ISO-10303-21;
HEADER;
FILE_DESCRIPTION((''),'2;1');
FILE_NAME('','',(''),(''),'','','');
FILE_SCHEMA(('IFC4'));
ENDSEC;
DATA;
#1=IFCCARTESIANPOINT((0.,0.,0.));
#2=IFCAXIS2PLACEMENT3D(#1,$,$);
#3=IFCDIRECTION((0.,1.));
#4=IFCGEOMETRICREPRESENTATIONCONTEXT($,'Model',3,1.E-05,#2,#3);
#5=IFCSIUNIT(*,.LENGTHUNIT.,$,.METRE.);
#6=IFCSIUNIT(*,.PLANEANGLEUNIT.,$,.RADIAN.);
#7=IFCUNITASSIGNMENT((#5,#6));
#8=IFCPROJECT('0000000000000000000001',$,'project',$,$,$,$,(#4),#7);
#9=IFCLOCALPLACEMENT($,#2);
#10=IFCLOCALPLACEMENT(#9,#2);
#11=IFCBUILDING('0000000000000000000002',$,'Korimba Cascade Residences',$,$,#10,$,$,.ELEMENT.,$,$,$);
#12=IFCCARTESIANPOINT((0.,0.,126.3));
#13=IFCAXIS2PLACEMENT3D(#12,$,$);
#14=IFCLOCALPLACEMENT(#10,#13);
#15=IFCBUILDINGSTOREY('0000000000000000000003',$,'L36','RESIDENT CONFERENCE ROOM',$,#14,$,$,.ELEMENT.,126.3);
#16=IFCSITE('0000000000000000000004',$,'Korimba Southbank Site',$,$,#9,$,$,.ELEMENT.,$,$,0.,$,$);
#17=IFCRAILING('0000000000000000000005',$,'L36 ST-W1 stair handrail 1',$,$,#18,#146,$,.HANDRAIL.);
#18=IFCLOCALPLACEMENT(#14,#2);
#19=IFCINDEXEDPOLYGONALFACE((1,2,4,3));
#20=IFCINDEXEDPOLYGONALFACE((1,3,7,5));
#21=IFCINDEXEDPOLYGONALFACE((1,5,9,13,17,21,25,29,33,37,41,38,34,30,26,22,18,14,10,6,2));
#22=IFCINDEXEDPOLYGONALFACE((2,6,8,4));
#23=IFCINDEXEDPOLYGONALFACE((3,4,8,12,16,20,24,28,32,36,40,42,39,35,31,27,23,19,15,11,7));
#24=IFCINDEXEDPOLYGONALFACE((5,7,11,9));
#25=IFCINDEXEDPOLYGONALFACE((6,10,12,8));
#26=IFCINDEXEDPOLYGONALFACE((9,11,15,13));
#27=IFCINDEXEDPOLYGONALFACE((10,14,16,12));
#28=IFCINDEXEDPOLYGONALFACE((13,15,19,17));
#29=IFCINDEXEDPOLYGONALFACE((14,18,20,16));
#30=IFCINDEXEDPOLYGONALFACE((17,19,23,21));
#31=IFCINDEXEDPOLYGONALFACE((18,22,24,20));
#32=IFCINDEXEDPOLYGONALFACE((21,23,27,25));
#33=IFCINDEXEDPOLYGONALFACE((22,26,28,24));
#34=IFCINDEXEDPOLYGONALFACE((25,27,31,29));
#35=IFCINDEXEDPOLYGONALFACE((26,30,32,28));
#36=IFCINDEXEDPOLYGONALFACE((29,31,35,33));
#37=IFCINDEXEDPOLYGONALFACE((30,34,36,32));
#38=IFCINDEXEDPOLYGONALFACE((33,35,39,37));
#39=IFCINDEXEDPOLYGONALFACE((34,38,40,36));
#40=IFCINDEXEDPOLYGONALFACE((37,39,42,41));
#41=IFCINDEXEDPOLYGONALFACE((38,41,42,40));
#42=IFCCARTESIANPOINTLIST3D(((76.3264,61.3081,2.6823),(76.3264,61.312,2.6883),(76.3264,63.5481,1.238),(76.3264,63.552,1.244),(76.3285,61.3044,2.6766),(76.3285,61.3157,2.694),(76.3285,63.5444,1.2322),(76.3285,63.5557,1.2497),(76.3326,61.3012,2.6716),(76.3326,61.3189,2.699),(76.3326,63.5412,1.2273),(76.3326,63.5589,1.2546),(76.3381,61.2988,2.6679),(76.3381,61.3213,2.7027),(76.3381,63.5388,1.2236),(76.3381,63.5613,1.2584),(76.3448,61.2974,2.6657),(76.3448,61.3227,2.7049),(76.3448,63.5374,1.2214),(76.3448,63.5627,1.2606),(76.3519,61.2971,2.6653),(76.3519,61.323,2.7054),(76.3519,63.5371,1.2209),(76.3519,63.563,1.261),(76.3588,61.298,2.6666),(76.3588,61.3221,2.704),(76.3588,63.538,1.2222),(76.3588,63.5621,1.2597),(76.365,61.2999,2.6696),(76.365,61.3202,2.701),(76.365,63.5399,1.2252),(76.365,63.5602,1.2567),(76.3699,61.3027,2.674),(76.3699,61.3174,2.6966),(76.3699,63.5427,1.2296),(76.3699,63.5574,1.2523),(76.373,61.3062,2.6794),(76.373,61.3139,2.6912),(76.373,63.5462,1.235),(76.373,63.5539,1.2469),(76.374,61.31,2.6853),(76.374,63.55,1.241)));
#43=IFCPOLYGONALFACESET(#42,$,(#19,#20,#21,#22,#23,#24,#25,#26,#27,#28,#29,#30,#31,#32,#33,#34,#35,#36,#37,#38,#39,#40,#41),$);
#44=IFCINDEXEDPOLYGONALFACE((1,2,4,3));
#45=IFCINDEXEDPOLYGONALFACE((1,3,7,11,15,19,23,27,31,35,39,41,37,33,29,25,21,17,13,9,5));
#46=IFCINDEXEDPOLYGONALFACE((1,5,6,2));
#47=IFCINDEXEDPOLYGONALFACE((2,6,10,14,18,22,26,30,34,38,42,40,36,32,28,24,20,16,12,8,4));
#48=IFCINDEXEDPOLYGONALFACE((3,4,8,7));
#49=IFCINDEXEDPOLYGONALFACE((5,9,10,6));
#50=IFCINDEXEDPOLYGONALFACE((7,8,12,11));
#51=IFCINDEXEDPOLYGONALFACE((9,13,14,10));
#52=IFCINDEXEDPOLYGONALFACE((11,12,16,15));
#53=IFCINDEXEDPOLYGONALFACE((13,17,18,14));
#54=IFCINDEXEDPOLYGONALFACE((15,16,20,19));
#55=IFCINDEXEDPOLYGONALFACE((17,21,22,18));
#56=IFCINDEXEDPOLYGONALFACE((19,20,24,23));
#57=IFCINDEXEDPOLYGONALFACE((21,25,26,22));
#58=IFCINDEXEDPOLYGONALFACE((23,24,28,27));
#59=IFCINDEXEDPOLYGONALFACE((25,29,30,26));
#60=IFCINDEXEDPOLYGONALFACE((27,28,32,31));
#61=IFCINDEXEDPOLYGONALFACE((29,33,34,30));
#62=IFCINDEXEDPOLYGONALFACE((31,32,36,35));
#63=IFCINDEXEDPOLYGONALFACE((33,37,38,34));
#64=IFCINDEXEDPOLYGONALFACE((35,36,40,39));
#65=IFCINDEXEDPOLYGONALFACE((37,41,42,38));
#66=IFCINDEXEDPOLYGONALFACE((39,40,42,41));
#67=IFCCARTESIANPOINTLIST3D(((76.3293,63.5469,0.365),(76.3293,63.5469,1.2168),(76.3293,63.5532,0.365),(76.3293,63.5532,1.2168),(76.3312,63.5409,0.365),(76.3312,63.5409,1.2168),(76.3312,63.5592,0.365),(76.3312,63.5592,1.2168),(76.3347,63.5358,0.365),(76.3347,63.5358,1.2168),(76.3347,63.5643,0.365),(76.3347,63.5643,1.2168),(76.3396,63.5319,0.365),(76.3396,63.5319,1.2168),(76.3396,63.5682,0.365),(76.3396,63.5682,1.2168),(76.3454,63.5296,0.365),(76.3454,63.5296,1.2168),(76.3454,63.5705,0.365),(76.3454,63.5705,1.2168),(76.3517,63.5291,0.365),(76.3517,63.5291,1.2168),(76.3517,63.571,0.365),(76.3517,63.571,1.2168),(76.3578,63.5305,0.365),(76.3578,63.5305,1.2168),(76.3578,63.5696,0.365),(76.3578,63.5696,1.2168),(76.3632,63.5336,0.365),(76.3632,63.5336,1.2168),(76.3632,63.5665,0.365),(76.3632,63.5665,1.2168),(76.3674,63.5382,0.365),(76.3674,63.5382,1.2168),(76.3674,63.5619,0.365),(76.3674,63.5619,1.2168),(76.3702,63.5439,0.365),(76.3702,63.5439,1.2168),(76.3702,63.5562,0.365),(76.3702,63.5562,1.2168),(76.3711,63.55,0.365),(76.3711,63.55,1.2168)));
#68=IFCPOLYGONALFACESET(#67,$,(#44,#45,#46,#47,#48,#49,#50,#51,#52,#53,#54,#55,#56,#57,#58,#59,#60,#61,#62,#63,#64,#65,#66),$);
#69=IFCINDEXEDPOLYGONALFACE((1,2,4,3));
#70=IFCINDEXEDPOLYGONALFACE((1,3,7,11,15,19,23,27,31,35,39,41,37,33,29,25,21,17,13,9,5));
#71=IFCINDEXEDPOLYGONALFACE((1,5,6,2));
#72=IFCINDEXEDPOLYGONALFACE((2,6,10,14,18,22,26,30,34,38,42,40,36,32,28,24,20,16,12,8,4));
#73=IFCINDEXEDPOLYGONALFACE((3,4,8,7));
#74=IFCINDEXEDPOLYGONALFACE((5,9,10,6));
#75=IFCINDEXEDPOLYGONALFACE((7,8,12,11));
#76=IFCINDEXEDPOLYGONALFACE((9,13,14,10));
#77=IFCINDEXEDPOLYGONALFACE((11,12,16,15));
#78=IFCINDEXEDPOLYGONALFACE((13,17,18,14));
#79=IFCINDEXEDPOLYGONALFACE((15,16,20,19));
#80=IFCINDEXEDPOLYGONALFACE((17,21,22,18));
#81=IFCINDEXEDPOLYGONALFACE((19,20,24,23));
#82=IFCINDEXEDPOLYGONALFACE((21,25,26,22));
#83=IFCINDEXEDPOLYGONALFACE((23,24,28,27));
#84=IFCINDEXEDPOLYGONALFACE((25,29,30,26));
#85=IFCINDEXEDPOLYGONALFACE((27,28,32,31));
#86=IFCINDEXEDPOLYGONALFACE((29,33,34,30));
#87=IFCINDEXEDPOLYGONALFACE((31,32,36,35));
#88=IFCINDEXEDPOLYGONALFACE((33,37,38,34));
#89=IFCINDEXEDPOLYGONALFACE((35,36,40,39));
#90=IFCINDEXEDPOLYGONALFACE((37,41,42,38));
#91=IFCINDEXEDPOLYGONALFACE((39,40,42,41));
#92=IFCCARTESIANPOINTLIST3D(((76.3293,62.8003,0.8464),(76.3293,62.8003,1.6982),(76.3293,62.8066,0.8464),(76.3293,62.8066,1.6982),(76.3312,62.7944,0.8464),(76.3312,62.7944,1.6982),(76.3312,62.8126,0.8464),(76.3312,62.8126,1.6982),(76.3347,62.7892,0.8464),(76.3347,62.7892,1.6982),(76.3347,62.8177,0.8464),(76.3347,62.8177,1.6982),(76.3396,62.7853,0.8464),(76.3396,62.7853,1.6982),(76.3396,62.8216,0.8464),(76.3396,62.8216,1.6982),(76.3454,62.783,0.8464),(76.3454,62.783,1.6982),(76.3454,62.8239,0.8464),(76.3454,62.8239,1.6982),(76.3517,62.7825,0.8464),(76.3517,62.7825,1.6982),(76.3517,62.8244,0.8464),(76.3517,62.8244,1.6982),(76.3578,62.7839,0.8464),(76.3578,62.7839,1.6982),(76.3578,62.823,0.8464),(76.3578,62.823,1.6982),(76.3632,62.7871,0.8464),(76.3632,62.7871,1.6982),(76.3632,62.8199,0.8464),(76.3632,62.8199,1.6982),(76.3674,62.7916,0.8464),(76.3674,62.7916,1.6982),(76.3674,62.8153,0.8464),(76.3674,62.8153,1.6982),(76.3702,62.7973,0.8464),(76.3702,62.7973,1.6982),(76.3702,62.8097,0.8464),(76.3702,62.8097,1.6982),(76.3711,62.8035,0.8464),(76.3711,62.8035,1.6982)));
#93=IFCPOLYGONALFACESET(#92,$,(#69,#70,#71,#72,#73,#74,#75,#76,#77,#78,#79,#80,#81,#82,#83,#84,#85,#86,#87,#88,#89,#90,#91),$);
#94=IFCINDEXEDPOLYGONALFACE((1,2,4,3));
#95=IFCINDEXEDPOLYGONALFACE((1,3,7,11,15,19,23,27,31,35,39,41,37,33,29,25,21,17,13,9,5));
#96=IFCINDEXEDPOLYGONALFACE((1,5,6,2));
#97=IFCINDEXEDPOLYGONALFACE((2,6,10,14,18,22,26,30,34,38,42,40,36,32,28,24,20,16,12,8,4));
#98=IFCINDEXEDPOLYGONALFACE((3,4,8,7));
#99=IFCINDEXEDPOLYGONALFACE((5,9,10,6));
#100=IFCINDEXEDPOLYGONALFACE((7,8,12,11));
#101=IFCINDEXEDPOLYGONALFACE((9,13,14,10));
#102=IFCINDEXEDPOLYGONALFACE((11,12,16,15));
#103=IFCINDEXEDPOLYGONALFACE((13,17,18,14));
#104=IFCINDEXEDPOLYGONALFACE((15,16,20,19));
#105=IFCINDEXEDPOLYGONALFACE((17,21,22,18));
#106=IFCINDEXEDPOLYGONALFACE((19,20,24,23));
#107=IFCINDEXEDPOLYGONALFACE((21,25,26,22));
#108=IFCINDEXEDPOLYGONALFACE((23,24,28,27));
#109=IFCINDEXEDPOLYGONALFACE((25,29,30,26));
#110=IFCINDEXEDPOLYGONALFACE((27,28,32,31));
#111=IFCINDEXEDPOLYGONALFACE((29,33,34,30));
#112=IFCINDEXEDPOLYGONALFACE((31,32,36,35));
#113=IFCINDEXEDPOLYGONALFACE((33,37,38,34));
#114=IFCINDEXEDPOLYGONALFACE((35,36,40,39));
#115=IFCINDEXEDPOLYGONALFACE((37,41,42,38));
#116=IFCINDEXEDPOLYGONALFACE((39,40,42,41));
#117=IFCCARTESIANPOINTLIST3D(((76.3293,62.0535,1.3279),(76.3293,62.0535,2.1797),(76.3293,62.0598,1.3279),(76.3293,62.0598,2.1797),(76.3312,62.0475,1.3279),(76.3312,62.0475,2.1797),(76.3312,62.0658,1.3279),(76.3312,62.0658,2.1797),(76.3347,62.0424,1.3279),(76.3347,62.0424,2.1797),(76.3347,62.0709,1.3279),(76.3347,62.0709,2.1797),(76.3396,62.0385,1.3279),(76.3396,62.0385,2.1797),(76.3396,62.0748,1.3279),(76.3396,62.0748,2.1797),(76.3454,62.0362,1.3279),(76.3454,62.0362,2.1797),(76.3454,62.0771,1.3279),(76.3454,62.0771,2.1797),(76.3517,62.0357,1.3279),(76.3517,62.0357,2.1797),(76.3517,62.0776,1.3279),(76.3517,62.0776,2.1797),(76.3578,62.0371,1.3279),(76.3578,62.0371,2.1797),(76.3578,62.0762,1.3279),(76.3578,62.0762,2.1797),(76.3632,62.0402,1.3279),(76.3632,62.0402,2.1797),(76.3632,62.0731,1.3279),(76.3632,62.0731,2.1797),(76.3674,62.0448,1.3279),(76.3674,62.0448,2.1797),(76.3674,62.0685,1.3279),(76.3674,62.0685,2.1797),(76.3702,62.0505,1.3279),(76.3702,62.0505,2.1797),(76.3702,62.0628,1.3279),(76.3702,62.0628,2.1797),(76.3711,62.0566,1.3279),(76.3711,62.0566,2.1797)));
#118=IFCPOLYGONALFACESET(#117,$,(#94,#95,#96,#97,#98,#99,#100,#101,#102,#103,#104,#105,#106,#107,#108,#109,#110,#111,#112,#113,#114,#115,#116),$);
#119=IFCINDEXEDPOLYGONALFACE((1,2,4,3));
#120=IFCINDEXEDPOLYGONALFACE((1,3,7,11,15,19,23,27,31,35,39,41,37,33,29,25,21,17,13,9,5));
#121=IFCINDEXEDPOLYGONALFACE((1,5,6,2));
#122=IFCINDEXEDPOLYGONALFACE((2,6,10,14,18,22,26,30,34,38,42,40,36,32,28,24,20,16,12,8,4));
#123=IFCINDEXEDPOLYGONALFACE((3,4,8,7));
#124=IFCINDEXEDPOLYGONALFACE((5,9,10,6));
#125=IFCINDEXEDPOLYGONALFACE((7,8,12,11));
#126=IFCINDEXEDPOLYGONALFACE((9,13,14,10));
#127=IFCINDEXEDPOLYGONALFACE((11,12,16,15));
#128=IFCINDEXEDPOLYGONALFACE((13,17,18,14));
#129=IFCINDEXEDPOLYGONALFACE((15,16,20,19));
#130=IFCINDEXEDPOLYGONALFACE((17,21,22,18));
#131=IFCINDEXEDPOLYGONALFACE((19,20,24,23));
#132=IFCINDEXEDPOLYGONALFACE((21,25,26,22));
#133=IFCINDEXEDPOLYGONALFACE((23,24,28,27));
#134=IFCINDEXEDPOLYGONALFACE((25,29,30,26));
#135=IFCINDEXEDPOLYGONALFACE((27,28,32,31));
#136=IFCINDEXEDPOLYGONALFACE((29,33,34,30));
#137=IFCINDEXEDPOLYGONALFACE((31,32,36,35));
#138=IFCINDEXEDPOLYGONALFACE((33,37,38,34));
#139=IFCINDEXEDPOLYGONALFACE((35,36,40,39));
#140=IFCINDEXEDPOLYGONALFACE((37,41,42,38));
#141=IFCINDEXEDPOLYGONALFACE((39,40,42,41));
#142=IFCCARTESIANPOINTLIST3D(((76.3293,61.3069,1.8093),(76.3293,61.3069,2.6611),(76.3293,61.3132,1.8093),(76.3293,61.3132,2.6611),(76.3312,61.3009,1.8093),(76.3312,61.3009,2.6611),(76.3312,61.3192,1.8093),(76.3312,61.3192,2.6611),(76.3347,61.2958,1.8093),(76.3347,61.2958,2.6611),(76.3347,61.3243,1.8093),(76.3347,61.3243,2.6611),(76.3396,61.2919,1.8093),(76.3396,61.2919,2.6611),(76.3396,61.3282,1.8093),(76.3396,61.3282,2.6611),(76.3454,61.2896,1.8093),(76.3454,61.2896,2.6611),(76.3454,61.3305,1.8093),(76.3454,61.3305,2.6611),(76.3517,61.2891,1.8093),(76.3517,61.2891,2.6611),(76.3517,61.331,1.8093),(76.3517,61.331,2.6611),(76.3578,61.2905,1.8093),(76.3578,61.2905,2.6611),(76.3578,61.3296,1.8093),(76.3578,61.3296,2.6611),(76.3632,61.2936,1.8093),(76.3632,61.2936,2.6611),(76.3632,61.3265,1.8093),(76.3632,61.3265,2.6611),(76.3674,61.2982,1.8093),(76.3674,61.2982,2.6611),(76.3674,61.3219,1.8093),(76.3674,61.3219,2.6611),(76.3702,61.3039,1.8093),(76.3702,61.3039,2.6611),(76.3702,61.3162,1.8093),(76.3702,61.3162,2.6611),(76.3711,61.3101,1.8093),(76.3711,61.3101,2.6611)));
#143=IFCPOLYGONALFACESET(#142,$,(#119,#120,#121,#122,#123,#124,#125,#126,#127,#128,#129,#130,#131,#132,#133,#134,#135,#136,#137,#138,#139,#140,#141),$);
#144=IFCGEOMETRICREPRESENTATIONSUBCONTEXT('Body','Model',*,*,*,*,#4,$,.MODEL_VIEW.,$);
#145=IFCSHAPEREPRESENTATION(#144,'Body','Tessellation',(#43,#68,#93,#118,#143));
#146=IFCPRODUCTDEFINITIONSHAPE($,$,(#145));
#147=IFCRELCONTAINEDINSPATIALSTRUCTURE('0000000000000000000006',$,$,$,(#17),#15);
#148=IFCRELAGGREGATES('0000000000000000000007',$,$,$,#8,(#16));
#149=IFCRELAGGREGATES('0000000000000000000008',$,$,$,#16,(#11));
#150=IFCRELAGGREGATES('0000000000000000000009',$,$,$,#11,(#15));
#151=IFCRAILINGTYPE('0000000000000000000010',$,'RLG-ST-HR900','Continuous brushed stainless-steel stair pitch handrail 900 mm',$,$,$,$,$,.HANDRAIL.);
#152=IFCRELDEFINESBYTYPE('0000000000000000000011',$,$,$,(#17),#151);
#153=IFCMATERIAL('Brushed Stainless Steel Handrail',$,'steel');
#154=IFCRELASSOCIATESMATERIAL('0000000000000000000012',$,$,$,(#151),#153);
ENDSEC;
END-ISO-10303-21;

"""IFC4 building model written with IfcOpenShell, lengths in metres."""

from ifc_helpers import new_model, si_unit, direction, frame, origin, origin_2d, place, context, subcontext, project, spatial, circle, extrude, material, type_object, element, save


model = new_model("IFC4")

# Units and contexts
model_context = context("Model", 3, precision=1e-05, world=origin(), true_north=direction((0.0, 1.0)))
body_context = subcontext(model_context, "Body", "Model", "MODEL_VIEW")
ifc_project = project(units=[si_unit("LENGTHUNIT", "METRE"), si_unit("PLANEANGLEUNIT", "RADIAN")], contexts=[model_context])

# Site, building, storey
site_placement = place(None, origin())
site = spatial("IfcSite", under=ifc_project, at=site_placement, Name="Korimba Southbank Site", CompositionType="ELEMENT", RefElevation=0.0)
building_placement = place(site_placement, origin())
building = spatial("IfcBuilding", under=site, at=building_placement, Name="Korimba Cascade Residences", CompositionType="ELEMENT")
storey_placement = place(building_placement, frame((0.0, 0.0, 126.3)))
storey = spatial("IfcBuildingStorey", under=building, at=storey_placement, Name="L36", Description="RESIDENT CONFERENCE ROOM", CompositionType="ELEMENT", Elevation=126.3)

# Railing
ifc_material_1 = material(Name="Brushed Stainless Steel Handrail", Category="steel")
railing_type = type_object("IfcRailingType", Name="RLG-ST-HR900", Description="Continuous brushed stainless-steel stair pitch handrail 900 mm", PredefinedType="HANDRAIL", material=ifc_material_1)
railing_placement = place(storey_placement, frame((76.3501, 63.55, 0.365)))
element("IfcRailing", 1, at=railing_placement, inside=storey, type_object=railing_type, Name="L36 ST-W1 stair handrail 1", PredefinedType="HANDRAIL", context=body_context, shape_type="SweptSolid", body=[
    extrude(circle(Radius=0.0239, at=origin_2d()), frame((0.0, 0.0, 0.876), z_axis=(0.0, -0.840437, 0.54191), x_axis=(1.0, 0.0, 0.0)), (0.0, 0.0, 1.0), 2.6653),
    extrude(circle(Radius=0.021, at=origin_2d()), origin(), (0.0, 0.0, 1.0), 0.8518),
    extrude(circle(Radius=0.021, at=origin_2d()), frame((0.0, -0.7466, 0.4814)), (0.0, 0.0, 1.0), 0.8518),
    extrude(circle(Radius=0.021, at=origin_2d()), frame((0.0, -1.4934, 0.9629)), (0.0, 0.0, 1.0), 0.8518),
    extrude(circle(Radius=0.021, at=origin_2d()), frame((0.0, -2.24, 1.4443)), (0.0, 0.0, 1.0), 0.8518),
])

save(model, "model.ifc")
